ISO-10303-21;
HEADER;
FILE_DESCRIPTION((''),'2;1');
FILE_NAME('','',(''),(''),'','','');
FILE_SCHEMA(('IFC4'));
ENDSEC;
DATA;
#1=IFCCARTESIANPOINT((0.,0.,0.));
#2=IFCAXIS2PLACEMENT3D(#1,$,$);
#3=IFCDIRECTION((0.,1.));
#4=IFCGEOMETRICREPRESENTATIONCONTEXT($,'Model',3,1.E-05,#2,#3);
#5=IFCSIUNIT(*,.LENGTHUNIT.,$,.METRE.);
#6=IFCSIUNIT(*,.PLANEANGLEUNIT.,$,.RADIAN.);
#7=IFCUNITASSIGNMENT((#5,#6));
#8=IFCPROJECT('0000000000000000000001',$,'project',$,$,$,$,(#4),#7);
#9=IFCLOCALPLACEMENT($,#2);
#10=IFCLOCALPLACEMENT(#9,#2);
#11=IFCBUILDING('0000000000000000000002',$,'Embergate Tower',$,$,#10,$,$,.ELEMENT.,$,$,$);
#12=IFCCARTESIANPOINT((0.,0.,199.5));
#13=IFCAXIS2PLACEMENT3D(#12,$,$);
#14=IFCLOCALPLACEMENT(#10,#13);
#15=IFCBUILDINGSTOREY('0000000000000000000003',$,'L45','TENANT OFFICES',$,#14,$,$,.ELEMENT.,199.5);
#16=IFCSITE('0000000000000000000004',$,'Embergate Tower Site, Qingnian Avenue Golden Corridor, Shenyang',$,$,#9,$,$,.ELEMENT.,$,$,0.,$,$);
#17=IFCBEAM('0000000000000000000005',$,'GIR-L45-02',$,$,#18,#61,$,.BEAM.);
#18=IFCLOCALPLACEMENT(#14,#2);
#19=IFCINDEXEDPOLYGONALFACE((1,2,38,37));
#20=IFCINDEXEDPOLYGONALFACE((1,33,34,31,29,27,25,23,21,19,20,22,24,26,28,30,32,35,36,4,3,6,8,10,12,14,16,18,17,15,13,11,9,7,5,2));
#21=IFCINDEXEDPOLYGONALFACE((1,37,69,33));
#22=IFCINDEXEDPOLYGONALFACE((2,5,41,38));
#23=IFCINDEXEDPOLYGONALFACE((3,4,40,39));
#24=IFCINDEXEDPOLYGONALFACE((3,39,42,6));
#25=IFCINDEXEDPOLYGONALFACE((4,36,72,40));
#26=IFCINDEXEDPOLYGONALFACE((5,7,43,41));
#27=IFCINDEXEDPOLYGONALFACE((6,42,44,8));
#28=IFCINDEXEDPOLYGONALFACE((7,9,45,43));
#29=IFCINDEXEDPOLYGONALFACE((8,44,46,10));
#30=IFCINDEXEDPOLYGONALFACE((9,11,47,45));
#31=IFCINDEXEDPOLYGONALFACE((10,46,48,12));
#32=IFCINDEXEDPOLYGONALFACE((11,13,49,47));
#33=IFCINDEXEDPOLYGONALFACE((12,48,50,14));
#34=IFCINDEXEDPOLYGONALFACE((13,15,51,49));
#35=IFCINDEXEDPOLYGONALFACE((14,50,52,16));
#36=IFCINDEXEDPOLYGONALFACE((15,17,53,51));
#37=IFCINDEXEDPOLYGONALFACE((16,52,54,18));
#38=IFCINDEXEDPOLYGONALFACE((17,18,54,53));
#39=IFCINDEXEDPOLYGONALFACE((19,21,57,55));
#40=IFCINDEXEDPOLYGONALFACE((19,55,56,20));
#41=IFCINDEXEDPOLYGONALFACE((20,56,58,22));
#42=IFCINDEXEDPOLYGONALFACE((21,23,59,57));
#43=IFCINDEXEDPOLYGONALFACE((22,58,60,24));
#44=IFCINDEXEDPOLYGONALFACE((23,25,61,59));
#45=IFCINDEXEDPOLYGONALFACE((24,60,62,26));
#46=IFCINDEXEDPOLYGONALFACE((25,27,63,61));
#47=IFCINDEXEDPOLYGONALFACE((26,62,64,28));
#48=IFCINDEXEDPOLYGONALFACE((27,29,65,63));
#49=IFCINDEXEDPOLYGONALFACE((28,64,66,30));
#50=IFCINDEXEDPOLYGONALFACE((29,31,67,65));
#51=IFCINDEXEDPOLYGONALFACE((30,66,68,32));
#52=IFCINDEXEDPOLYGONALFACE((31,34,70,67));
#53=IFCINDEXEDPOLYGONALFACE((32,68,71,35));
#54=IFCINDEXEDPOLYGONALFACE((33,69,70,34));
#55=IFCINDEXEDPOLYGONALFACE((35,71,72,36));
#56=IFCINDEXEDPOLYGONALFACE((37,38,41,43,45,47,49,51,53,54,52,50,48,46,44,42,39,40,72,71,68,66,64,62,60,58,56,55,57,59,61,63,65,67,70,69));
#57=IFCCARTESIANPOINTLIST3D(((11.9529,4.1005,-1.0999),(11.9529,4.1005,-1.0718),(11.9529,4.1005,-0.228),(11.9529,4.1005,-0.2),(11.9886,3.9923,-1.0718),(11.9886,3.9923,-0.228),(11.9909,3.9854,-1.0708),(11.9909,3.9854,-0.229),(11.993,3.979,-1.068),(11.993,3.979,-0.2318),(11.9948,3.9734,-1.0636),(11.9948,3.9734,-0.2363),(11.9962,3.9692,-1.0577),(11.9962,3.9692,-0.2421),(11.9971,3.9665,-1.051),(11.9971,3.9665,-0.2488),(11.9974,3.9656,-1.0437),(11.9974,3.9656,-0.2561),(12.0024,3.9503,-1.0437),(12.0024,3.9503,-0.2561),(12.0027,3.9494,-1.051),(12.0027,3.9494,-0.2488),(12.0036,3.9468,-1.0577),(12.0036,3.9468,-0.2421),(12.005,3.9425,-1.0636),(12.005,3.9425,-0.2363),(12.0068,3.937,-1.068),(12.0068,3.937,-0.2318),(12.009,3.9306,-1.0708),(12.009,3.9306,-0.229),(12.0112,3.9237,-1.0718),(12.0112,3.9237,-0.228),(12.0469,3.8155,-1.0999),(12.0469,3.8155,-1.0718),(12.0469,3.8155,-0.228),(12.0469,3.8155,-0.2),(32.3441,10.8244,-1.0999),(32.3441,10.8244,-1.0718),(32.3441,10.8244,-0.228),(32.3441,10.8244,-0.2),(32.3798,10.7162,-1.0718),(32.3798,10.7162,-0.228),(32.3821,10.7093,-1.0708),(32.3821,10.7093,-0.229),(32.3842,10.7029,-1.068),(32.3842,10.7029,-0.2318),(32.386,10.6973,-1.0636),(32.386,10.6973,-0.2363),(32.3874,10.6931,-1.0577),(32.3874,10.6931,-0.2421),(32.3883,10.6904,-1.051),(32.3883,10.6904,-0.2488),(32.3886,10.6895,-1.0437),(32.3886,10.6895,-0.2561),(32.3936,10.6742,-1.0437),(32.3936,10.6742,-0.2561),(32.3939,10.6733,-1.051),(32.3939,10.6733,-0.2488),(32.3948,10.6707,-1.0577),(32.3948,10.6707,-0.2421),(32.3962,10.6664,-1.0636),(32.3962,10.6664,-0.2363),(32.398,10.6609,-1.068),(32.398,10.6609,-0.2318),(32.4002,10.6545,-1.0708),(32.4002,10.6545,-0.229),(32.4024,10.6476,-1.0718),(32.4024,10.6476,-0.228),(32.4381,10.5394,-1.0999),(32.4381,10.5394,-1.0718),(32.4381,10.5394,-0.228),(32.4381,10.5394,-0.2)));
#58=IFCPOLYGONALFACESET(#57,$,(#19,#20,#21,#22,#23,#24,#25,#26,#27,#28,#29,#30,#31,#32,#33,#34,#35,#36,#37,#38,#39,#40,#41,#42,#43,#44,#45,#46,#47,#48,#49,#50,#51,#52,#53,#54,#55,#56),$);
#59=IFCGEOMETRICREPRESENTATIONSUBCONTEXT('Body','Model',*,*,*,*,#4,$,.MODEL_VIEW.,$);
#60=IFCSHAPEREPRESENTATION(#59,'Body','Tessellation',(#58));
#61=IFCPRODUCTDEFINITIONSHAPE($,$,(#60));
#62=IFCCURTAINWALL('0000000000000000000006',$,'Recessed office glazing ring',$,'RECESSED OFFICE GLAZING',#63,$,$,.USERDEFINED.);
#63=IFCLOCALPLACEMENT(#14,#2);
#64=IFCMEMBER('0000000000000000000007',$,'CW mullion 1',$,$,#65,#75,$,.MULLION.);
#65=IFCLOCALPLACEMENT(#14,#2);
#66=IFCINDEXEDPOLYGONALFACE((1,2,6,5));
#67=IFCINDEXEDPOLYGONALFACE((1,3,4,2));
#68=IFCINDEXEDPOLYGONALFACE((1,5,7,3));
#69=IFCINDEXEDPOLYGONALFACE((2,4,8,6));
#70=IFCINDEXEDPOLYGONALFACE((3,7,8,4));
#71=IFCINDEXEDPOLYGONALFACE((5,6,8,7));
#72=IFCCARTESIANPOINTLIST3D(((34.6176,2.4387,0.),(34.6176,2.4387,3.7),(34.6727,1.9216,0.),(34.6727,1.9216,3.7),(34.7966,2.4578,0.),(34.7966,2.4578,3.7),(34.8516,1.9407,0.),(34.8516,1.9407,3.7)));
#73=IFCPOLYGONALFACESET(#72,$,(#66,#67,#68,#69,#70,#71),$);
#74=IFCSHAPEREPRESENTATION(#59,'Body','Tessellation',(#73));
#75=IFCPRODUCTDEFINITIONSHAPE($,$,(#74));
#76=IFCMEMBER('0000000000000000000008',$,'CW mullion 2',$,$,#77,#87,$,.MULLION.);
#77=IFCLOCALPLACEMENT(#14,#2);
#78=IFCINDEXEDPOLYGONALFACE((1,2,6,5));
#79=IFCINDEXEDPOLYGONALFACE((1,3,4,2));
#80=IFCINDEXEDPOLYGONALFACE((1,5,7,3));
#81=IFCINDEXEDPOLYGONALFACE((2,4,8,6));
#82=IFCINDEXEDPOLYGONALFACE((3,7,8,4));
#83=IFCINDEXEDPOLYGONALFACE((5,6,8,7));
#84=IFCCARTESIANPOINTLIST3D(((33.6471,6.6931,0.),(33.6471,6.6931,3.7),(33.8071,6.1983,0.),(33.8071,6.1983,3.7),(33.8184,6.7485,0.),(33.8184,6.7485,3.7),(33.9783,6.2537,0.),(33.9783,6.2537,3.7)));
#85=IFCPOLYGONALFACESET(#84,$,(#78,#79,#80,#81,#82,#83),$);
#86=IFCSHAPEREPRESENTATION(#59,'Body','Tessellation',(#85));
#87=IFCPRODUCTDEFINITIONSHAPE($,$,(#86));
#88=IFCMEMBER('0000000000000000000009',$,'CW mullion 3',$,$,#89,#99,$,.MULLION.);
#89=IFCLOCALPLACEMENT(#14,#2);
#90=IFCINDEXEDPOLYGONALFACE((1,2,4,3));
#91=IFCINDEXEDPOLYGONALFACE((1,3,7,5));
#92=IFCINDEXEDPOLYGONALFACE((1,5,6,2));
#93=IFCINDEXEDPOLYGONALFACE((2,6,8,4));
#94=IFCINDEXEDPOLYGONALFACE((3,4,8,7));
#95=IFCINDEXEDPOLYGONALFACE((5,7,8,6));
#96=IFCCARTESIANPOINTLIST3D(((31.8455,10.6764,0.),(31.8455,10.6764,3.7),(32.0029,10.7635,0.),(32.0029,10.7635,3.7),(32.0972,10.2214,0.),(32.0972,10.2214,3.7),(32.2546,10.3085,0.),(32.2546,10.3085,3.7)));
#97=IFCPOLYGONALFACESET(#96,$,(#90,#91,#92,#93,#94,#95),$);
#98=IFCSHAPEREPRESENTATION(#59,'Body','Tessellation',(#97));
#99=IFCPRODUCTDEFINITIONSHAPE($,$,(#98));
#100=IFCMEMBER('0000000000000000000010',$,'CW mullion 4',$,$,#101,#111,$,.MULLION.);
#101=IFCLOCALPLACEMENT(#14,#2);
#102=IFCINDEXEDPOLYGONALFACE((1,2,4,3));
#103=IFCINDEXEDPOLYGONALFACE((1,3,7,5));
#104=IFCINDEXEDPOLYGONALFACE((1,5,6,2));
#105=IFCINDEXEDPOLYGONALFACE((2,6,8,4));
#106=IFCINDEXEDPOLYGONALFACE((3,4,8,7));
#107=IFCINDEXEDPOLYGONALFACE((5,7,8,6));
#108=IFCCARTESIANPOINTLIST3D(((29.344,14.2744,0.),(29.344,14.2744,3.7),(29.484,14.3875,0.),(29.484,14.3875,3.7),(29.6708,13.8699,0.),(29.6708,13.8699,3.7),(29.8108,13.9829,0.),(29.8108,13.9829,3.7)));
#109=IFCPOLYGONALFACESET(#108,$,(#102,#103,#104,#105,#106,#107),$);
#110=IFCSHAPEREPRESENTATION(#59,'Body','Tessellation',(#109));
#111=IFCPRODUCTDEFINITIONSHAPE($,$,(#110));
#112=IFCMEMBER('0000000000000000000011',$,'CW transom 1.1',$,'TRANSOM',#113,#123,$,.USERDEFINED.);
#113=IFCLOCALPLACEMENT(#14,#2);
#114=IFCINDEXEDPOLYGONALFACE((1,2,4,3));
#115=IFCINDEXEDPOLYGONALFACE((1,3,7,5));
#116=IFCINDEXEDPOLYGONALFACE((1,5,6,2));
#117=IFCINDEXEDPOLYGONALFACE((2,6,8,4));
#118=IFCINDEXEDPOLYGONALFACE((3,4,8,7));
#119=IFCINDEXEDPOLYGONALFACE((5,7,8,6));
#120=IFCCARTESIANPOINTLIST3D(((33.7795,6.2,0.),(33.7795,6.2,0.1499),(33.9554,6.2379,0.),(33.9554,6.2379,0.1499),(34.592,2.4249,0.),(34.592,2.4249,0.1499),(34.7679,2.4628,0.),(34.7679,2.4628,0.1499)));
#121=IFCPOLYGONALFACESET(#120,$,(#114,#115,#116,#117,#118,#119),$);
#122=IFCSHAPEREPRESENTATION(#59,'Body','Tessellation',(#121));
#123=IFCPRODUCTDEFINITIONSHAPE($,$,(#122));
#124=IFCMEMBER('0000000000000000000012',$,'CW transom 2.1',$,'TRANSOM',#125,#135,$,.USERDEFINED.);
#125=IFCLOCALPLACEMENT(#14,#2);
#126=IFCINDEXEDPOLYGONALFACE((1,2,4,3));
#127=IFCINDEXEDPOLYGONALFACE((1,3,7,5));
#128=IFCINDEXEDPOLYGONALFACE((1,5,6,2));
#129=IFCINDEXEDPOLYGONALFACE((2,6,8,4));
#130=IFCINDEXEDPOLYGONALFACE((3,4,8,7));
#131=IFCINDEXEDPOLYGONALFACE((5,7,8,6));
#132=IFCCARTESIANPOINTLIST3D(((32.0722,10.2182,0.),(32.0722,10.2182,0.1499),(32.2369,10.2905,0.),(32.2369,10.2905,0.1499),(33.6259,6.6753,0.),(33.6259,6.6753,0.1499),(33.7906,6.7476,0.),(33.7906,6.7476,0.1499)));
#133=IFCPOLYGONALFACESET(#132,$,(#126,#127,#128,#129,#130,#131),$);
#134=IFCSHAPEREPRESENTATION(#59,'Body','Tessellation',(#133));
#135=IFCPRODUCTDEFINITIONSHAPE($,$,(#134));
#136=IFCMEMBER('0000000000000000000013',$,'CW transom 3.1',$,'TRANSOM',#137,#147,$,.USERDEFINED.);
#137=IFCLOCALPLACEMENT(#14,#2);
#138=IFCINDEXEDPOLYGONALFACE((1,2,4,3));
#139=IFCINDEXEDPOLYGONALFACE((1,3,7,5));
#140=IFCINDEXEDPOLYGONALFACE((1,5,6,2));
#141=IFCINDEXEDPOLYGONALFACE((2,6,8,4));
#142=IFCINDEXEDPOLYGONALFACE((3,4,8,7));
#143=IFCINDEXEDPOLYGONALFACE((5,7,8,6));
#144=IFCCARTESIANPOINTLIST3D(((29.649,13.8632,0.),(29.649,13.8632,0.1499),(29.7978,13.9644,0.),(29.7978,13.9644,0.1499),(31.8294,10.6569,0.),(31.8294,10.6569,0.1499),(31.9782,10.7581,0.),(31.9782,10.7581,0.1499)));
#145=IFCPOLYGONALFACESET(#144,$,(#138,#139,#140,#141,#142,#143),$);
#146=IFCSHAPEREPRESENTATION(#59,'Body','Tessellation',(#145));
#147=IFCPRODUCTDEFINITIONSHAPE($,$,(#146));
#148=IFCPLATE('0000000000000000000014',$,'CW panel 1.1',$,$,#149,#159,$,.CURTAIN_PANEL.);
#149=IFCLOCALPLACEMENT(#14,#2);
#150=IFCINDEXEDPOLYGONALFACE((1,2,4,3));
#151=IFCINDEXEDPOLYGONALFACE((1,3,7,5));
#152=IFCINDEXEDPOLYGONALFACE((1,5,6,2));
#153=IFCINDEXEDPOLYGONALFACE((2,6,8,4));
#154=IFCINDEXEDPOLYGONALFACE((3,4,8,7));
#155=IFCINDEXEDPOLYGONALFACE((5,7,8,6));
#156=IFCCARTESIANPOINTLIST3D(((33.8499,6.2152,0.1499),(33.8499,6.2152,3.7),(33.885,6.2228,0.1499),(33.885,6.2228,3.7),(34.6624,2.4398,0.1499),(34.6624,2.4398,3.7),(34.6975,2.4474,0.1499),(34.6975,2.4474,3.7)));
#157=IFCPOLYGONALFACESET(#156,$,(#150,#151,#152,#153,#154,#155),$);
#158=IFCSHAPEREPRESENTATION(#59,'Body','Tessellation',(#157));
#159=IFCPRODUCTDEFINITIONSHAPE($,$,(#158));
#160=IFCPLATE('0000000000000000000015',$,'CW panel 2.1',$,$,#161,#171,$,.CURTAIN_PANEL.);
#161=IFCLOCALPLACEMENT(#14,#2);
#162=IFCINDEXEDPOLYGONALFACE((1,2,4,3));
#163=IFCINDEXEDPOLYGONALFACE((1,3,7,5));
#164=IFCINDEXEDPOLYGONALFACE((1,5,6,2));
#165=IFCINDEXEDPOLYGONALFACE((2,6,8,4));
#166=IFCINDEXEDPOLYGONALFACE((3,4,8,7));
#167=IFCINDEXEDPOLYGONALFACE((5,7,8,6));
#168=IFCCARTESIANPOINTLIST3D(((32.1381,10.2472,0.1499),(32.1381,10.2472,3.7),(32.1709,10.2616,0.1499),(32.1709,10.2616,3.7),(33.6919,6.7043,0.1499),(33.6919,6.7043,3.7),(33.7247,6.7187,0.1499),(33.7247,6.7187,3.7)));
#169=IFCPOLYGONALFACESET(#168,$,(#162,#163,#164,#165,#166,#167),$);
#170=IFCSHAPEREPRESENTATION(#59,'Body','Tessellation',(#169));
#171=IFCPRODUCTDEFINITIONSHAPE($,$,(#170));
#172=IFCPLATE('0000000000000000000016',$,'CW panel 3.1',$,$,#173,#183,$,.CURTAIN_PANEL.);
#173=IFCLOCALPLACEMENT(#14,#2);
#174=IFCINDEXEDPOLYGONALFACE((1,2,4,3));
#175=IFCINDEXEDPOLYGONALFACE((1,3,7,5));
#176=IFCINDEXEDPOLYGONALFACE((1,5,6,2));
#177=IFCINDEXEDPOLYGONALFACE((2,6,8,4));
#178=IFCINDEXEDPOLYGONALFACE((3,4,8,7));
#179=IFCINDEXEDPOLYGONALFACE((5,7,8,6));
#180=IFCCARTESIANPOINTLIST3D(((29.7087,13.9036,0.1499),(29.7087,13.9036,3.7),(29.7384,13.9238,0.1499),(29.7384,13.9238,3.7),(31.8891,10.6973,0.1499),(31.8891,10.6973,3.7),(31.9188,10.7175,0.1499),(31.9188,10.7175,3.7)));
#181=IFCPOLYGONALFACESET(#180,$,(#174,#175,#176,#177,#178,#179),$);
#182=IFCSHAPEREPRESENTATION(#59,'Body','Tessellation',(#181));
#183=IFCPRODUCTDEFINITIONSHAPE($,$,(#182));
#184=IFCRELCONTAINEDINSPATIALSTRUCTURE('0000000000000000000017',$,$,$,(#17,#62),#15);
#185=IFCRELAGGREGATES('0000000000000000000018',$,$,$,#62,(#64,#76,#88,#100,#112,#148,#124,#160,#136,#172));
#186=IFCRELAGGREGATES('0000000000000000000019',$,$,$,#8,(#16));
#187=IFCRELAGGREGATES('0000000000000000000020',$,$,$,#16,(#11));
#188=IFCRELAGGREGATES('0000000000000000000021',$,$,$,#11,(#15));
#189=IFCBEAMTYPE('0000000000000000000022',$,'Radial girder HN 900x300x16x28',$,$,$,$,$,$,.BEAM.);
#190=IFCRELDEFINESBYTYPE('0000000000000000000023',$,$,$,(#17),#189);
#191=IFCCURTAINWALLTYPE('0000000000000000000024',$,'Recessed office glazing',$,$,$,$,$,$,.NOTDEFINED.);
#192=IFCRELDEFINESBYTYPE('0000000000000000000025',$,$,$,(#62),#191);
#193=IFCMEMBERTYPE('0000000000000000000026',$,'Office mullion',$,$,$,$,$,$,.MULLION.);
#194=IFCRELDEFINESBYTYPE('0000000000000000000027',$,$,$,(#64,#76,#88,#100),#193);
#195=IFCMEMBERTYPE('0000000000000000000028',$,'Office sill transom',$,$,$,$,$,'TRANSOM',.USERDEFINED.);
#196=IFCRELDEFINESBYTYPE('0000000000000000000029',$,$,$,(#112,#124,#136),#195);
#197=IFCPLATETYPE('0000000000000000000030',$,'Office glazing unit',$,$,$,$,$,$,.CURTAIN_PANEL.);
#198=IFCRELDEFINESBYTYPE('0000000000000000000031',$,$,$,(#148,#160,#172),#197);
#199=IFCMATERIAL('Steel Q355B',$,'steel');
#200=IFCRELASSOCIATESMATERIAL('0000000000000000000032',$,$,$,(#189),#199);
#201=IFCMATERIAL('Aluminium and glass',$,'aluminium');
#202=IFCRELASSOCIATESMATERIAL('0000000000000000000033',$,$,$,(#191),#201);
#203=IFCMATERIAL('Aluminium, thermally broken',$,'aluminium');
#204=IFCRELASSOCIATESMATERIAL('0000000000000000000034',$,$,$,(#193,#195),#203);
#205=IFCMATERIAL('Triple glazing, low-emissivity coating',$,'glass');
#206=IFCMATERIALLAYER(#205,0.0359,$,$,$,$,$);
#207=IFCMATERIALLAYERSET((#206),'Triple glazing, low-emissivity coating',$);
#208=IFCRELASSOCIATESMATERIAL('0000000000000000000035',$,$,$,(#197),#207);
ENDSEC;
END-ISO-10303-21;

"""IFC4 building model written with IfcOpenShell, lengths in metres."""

from ifc_helpers import new_model, si_unit, direction, frame, origin, origin_2d, place, context, subcontext, project, spatial, rectangle, i_section, extrude, source, transform, mapped, material, layer, layer_set, material_profile, profile_set, type_object, element, aggregate, save


model = new_model("IFC4")

# Units and contexts
model_context = context("Model", 3, precision=1e-05, world=origin(), true_north=direction((0.0, 1.0)))
body_context = subcontext(model_context, "Body", "Model", "MODEL_VIEW")
ifc_project = project(units=[si_unit("LENGTHUNIT", "METRE"), si_unit("PLANEANGLEUNIT", "RADIAN")], contexts=[model_context])

# Site, building, storey
site_placement = place(None, origin())
site = spatial("IfcSite", under=ifc_project, at=site_placement, Name="Embergate Tower Site, Qingnian Avenue Golden Corridor, Shenyang", CompositionType="ELEMENT", RefElevation=0.0)
building_placement = place(site_placement, origin())
building = spatial("IfcBuilding", under=site, at=building_placement, Name="Embergate Tower", CompositionType="ELEMENT")
storey_placement = place(building_placement, frame((0.0, 0.0, 199.5)))
storey = spatial("IfcBuildingStorey", under=building, at=storey_placement, Name="L45", Description="TENANT OFFICES", CompositionType="ELEMENT", Elevation=199.5)

# Beam
ifc_material_1 = material(Name="Steel Q355B", Category="steel")
ifc_material_profile_1 = material_profile(ifc_material_1, i_section(OverallWidth=0.3, OverallDepth=0.8999, WebThickness=0.0161, FlangeThickness=0.0281, FilletRadius=0.0281, at=origin_2d()), Name="HN 900x300x16x28")
ifc_profile_set_1 = profile_set([ifc_material_profile_1], Name="Steel Q355 grade B")
beam_type_1 = type_object("IfcBeamType", Name="Radial girder HN 900x300x16x28", PredefinedType="BEAM", material=ifc_profile_set_1)
shared_shape_1 = source(origin(), body_context, "Body", "SweptSolid", [
    extrude(i_section(OverallWidth=0.3, OverallDepth=0.8999, WebThickness=0.0161, FlangeThickness=0.0281, FilletRadius=0.0281, at=origin_2d()), origin(), (0.0, 0.0, 1.0), 21.4712),
])
beam_1_placement = place(storey_placement, frame((32.3911, 10.6819, -0.6499), z_axis=(-0.949701, -0.313159, 0.0), x_axis=(0.313159, -0.949701, 0.0)))
element("IfcBeam", 1, at=beam_1_placement, inside=storey, type_object=beam_type_1, Name="GIR-L45-02", PredefinedType="BEAM", context=body_context, shape_type="MappedRepresentation", body=[
    mapped(shared_shape_1, transform((0.0, 0.0, 0.0))),
])

# Curtain wall, members, plates
ifc_material_2 = material(Name="Aluminium and glass", Category="aluminium")
curtain_wall_type = type_object("IfcCurtainWallType", Name="Recessed office glazing", PredefinedType="NOTDEFINED", material=ifc_material_2)
curtain_wall_placement = place(storey_placement, origin())
curtain_wall = element("IfcCurtainWall", 2, at=curtain_wall_placement, inside=storey, type_object=curtain_wall_type, Name="Recessed office glazing ring", ObjectType="RECESSED OFFICE GLAZING", PredefinedType="USERDEFINED")
ifc_material_3 = material(Name="Aluminium, thermally broken", Category="aluminium")
ifc_material_profile_2 = material_profile(ifc_material_3, rectangle(XDim=0.1799, YDim=0.52, at=origin_2d()), Name="AL 520x180")
ifc_profile_set_2 = profile_set([ifc_material_profile_2], Name="Aluminium, thermally broken")
member_type_1 = type_object("IfcMemberType", Name="Office mullion", PredefinedType="MULLION", material=ifc_profile_set_2)
shared_shape_2 = source(origin(), body_context, "Body", "SweptSolid", [
    extrude(rectangle(XDim=0.1799, YDim=0.52, at=origin_2d()), origin(), (0.0, 0.0, 1.0), 3.7),
])
member_1_placement = place(storey_placement, frame((34.7346, 2.1897, 0.0), z_axis=(0.0, 0.0, 1.0), x_axis=(-0.994385, -0.105822, 0.0)))
member_1 = element("IfcMember", 3, at=member_1_placement, type_object=member_type_1, Name="CW mullion 1", PredefinedType="MULLION", context=body_context, shape_type="MappedRepresentation", body=[
    mapped(shared_shape_2, transform((0.0, 0.0, 0.0))),
])
member_2_placement = place(storey_placement, frame((33.8127, 6.4734, 0.0), z_axis=(0.0, 0.0, 1.0), x_axis=(-0.951499, -0.307651, 0.0)))
member_2 = element("IfcMember", 4, at=member_2_placement, type_object=member_type_1, Name="CW mullion 2", PredefinedType="MULLION", context=body_context, shape_type="MappedRepresentation", body=[
    mapped(shared_shape_2, transform((0.0, 0.0, 0.0))),
])
member_3_placement = place(storey_placement, frame((32.05, 10.4924, 0.0), z_axis=(0.0, 0.0, 1.0), x_axis=(-0.875006, -0.484112, 0.0)))
member_3 = element("IfcMember", 5, at=member_3_placement, type_object=member_type_1, Name="CW mullion 3", PredefinedType="MULLION", context=body_context, shape_type="MappedRepresentation", body=[
    mapped(shared_shape_2, transform((0.0, 0.0, 0.0))),
])
member_4_placement = place(storey_placement, frame((29.5774, 14.1287, 0.0), z_axis=(0.0, 0.0, 1.0), x_axis=(-0.777879, -0.628414, 0.0)))
member_4 = element("IfcMember", 6, at=member_4_placement, type_object=member_type_1, Name="CW mullion 4", PredefinedType="MULLION", context=body_context, shape_type="MappedRepresentation", body=[
    mapped(shared_shape_2, transform((0.0, 0.0, 0.0))),
])
ifc_material_profile_3 = material_profile(ifc_material_3, rectangle(XDim=0.1799, YDim=0.1499, at=origin_2d()), Name="AL 150x180")
ifc_profile_set_3 = profile_set([ifc_material_profile_3], Name="Aluminium, thermally broken")
member_type_2 = type_object("IfcMemberType", Name="Office sill transom", ElementType="TRANSOM", PredefinedType="USERDEFINED", material=ifc_profile_set_3)
shared_shape_3 = source(origin(), body_context, "Body", "SweptSolid", [
    extrude(rectangle(XDim=0.1799, YDim=0.1499, at=origin_2d()), origin(), (0.0, 0.0, 1.0), 3.8616),
])
member_5_placement = place(storey_placement, frame((34.6799, 2.4438, 0.075), z_axis=(-0.210405, 0.977614, 0.0), x_axis=(-0.977614, -0.210405, 0.0)))
member_5 = element("IfcMember", 7, at=member_5_placement, type_object=member_type_2, Name="CW transom 1.1", ObjectType="TRANSOM", PredefinedType="USERDEFINED", context=body_context, shape_type="MappedRepresentation", body=[
    mapped(shared_shape_3, transform((0.0, 0.0, 0.0))),
])
shared_shape_4 = source(origin(), body_context, "Body", "SweptSolid", [
    extrude(rectangle(XDim=0.1799, YDim=0.1499, at=origin_2d()), origin(), (0.0, 0.0, 1.0), 3.8687),
])
member_6_placement = place(storey_placement, frame((33.7083, 6.7114, 0.075), z_axis=(-0.401613, 0.915809, 0.0), x_axis=(-0.915809, -0.401613, 0.0)))
member_6 = element("IfcMember", 8, at=member_6_placement, type_object=member_type_2, Name="CW transom 2.1", ObjectType="TRANSOM", PredefinedType="USERDEFINED", context=body_context, shape_type="MappedRepresentation", body=[
    mapped(shared_shape_4, transform((0.0, 0.0, 0.0))),
])
shared_shape_5 = source(origin(), body_context, "Body", "SweptSolid", [
    extrude(rectangle(XDim=0.1799, YDim=0.1499, at=origin_2d()), origin(), (0.0, 0.0, 1.0), 3.8774),
])
member_7_placement = place(storey_placement, frame((31.9038, 10.7075, 0.075), z_axis=(-0.562334, 0.82691, 0.0), x_axis=(-0.82691, -0.562334, 0.0)))
member_7 = element("IfcMember", 9, at=member_7_placement, type_object=member_type_2, Name="CW transom 3.1", ObjectType="TRANSOM", PredefinedType="USERDEFINED", context=body_context, shape_type="MappedRepresentation", body=[
    mapped(shared_shape_5, transform((0.0, 0.0, 0.0))),
])
ifc_material_4 = material(Name="Triple glazing, low-emissivity coating", Category="glass")
ifc_layer_1 = layer(ifc_material_4, 0.0359)
ifc_layer_set_1 = layer_set([ifc_layer_1], Name="Triple glazing, low-emissivity coating")
plate_type = type_object("IfcPlateType", Name="Office glazing unit", PredefinedType="CURTAIN_PANEL", material=ifc_layer_set_1)
shared_shape_6 = source(origin(), body_context, "Body", "SweptSolid", [
    extrude(rectangle(XDim=3.8618, YDim=0.0359, at=origin_2d()), origin(), (0.0, 0.0, 1.0), 3.55),
])
plate_1_placement = place(storey_placement, frame((34.2737, 4.3313, 0.1499), z_axis=(0.0, 0.0, 1.0), x_axis=(-0.210393, 0.977617, 0.0)))
plate_1 = element("IfcPlate", 10, at=plate_1_placement, type_object=plate_type, Name="CW panel 1.1", PredefinedType="CURTAIN_PANEL", context=body_context, shape_type="MappedRepresentation", body=[
    mapped(shared_shape_6, transform((0.0, 0.0, 0.0))),
])
shared_shape_7 = source(origin(), body_context, "Body", "SweptSolid", [
    extrude(rectangle(XDim=3.8687, YDim=0.0359, at=origin_2d()), origin(), (0.0, 0.0, 1.0), 3.55),
])
plate_2_placement = place(storey_placement, frame((32.9314, 8.4829, 0.1499), z_axis=(0.0, 0.0, 1.0), x_axis=(-0.401644, 0.915796, 0.0)))
plate_2 = element("IfcPlate", 11, at=plate_2_placement, type_object=plate_type, Name="CW panel 2.1", PredefinedType="CURTAIN_PANEL", context=body_context, shape_type="MappedRepresentation", body=[
    mapped(shared_shape_7, transform((0.0, 0.0, 0.0))),
])
shared_shape_8 = source(origin(), body_context, "Body", "SweptSolid", [
    extrude(rectangle(XDim=3.8774, YDim=0.0359, at=origin_2d()), origin(), (0.0, 0.0, 1.0), 3.55),
])
plate_3_placement = place(storey_placement, frame((30.8137, 12.3105, 0.1499), z_axis=(0.0, 0.0, 1.0), x_axis=(-0.562332, 0.826912, 0.0)))
plate_3 = element("IfcPlate", 12, at=plate_3_placement, type_object=plate_type, Name="CW panel 3.1", PredefinedType="CURTAIN_PANEL", context=body_context, shape_type="MappedRepresentation", body=[
    mapped(shared_shape_8, transform((0.0, 0.0, 0.0))),
])
aggregate(curtain_wall, [member_1, member_2, member_3, member_4, member_5, plate_1, member_6, plate_2, member_7, plate_3])

save(model, "model.ifc")
